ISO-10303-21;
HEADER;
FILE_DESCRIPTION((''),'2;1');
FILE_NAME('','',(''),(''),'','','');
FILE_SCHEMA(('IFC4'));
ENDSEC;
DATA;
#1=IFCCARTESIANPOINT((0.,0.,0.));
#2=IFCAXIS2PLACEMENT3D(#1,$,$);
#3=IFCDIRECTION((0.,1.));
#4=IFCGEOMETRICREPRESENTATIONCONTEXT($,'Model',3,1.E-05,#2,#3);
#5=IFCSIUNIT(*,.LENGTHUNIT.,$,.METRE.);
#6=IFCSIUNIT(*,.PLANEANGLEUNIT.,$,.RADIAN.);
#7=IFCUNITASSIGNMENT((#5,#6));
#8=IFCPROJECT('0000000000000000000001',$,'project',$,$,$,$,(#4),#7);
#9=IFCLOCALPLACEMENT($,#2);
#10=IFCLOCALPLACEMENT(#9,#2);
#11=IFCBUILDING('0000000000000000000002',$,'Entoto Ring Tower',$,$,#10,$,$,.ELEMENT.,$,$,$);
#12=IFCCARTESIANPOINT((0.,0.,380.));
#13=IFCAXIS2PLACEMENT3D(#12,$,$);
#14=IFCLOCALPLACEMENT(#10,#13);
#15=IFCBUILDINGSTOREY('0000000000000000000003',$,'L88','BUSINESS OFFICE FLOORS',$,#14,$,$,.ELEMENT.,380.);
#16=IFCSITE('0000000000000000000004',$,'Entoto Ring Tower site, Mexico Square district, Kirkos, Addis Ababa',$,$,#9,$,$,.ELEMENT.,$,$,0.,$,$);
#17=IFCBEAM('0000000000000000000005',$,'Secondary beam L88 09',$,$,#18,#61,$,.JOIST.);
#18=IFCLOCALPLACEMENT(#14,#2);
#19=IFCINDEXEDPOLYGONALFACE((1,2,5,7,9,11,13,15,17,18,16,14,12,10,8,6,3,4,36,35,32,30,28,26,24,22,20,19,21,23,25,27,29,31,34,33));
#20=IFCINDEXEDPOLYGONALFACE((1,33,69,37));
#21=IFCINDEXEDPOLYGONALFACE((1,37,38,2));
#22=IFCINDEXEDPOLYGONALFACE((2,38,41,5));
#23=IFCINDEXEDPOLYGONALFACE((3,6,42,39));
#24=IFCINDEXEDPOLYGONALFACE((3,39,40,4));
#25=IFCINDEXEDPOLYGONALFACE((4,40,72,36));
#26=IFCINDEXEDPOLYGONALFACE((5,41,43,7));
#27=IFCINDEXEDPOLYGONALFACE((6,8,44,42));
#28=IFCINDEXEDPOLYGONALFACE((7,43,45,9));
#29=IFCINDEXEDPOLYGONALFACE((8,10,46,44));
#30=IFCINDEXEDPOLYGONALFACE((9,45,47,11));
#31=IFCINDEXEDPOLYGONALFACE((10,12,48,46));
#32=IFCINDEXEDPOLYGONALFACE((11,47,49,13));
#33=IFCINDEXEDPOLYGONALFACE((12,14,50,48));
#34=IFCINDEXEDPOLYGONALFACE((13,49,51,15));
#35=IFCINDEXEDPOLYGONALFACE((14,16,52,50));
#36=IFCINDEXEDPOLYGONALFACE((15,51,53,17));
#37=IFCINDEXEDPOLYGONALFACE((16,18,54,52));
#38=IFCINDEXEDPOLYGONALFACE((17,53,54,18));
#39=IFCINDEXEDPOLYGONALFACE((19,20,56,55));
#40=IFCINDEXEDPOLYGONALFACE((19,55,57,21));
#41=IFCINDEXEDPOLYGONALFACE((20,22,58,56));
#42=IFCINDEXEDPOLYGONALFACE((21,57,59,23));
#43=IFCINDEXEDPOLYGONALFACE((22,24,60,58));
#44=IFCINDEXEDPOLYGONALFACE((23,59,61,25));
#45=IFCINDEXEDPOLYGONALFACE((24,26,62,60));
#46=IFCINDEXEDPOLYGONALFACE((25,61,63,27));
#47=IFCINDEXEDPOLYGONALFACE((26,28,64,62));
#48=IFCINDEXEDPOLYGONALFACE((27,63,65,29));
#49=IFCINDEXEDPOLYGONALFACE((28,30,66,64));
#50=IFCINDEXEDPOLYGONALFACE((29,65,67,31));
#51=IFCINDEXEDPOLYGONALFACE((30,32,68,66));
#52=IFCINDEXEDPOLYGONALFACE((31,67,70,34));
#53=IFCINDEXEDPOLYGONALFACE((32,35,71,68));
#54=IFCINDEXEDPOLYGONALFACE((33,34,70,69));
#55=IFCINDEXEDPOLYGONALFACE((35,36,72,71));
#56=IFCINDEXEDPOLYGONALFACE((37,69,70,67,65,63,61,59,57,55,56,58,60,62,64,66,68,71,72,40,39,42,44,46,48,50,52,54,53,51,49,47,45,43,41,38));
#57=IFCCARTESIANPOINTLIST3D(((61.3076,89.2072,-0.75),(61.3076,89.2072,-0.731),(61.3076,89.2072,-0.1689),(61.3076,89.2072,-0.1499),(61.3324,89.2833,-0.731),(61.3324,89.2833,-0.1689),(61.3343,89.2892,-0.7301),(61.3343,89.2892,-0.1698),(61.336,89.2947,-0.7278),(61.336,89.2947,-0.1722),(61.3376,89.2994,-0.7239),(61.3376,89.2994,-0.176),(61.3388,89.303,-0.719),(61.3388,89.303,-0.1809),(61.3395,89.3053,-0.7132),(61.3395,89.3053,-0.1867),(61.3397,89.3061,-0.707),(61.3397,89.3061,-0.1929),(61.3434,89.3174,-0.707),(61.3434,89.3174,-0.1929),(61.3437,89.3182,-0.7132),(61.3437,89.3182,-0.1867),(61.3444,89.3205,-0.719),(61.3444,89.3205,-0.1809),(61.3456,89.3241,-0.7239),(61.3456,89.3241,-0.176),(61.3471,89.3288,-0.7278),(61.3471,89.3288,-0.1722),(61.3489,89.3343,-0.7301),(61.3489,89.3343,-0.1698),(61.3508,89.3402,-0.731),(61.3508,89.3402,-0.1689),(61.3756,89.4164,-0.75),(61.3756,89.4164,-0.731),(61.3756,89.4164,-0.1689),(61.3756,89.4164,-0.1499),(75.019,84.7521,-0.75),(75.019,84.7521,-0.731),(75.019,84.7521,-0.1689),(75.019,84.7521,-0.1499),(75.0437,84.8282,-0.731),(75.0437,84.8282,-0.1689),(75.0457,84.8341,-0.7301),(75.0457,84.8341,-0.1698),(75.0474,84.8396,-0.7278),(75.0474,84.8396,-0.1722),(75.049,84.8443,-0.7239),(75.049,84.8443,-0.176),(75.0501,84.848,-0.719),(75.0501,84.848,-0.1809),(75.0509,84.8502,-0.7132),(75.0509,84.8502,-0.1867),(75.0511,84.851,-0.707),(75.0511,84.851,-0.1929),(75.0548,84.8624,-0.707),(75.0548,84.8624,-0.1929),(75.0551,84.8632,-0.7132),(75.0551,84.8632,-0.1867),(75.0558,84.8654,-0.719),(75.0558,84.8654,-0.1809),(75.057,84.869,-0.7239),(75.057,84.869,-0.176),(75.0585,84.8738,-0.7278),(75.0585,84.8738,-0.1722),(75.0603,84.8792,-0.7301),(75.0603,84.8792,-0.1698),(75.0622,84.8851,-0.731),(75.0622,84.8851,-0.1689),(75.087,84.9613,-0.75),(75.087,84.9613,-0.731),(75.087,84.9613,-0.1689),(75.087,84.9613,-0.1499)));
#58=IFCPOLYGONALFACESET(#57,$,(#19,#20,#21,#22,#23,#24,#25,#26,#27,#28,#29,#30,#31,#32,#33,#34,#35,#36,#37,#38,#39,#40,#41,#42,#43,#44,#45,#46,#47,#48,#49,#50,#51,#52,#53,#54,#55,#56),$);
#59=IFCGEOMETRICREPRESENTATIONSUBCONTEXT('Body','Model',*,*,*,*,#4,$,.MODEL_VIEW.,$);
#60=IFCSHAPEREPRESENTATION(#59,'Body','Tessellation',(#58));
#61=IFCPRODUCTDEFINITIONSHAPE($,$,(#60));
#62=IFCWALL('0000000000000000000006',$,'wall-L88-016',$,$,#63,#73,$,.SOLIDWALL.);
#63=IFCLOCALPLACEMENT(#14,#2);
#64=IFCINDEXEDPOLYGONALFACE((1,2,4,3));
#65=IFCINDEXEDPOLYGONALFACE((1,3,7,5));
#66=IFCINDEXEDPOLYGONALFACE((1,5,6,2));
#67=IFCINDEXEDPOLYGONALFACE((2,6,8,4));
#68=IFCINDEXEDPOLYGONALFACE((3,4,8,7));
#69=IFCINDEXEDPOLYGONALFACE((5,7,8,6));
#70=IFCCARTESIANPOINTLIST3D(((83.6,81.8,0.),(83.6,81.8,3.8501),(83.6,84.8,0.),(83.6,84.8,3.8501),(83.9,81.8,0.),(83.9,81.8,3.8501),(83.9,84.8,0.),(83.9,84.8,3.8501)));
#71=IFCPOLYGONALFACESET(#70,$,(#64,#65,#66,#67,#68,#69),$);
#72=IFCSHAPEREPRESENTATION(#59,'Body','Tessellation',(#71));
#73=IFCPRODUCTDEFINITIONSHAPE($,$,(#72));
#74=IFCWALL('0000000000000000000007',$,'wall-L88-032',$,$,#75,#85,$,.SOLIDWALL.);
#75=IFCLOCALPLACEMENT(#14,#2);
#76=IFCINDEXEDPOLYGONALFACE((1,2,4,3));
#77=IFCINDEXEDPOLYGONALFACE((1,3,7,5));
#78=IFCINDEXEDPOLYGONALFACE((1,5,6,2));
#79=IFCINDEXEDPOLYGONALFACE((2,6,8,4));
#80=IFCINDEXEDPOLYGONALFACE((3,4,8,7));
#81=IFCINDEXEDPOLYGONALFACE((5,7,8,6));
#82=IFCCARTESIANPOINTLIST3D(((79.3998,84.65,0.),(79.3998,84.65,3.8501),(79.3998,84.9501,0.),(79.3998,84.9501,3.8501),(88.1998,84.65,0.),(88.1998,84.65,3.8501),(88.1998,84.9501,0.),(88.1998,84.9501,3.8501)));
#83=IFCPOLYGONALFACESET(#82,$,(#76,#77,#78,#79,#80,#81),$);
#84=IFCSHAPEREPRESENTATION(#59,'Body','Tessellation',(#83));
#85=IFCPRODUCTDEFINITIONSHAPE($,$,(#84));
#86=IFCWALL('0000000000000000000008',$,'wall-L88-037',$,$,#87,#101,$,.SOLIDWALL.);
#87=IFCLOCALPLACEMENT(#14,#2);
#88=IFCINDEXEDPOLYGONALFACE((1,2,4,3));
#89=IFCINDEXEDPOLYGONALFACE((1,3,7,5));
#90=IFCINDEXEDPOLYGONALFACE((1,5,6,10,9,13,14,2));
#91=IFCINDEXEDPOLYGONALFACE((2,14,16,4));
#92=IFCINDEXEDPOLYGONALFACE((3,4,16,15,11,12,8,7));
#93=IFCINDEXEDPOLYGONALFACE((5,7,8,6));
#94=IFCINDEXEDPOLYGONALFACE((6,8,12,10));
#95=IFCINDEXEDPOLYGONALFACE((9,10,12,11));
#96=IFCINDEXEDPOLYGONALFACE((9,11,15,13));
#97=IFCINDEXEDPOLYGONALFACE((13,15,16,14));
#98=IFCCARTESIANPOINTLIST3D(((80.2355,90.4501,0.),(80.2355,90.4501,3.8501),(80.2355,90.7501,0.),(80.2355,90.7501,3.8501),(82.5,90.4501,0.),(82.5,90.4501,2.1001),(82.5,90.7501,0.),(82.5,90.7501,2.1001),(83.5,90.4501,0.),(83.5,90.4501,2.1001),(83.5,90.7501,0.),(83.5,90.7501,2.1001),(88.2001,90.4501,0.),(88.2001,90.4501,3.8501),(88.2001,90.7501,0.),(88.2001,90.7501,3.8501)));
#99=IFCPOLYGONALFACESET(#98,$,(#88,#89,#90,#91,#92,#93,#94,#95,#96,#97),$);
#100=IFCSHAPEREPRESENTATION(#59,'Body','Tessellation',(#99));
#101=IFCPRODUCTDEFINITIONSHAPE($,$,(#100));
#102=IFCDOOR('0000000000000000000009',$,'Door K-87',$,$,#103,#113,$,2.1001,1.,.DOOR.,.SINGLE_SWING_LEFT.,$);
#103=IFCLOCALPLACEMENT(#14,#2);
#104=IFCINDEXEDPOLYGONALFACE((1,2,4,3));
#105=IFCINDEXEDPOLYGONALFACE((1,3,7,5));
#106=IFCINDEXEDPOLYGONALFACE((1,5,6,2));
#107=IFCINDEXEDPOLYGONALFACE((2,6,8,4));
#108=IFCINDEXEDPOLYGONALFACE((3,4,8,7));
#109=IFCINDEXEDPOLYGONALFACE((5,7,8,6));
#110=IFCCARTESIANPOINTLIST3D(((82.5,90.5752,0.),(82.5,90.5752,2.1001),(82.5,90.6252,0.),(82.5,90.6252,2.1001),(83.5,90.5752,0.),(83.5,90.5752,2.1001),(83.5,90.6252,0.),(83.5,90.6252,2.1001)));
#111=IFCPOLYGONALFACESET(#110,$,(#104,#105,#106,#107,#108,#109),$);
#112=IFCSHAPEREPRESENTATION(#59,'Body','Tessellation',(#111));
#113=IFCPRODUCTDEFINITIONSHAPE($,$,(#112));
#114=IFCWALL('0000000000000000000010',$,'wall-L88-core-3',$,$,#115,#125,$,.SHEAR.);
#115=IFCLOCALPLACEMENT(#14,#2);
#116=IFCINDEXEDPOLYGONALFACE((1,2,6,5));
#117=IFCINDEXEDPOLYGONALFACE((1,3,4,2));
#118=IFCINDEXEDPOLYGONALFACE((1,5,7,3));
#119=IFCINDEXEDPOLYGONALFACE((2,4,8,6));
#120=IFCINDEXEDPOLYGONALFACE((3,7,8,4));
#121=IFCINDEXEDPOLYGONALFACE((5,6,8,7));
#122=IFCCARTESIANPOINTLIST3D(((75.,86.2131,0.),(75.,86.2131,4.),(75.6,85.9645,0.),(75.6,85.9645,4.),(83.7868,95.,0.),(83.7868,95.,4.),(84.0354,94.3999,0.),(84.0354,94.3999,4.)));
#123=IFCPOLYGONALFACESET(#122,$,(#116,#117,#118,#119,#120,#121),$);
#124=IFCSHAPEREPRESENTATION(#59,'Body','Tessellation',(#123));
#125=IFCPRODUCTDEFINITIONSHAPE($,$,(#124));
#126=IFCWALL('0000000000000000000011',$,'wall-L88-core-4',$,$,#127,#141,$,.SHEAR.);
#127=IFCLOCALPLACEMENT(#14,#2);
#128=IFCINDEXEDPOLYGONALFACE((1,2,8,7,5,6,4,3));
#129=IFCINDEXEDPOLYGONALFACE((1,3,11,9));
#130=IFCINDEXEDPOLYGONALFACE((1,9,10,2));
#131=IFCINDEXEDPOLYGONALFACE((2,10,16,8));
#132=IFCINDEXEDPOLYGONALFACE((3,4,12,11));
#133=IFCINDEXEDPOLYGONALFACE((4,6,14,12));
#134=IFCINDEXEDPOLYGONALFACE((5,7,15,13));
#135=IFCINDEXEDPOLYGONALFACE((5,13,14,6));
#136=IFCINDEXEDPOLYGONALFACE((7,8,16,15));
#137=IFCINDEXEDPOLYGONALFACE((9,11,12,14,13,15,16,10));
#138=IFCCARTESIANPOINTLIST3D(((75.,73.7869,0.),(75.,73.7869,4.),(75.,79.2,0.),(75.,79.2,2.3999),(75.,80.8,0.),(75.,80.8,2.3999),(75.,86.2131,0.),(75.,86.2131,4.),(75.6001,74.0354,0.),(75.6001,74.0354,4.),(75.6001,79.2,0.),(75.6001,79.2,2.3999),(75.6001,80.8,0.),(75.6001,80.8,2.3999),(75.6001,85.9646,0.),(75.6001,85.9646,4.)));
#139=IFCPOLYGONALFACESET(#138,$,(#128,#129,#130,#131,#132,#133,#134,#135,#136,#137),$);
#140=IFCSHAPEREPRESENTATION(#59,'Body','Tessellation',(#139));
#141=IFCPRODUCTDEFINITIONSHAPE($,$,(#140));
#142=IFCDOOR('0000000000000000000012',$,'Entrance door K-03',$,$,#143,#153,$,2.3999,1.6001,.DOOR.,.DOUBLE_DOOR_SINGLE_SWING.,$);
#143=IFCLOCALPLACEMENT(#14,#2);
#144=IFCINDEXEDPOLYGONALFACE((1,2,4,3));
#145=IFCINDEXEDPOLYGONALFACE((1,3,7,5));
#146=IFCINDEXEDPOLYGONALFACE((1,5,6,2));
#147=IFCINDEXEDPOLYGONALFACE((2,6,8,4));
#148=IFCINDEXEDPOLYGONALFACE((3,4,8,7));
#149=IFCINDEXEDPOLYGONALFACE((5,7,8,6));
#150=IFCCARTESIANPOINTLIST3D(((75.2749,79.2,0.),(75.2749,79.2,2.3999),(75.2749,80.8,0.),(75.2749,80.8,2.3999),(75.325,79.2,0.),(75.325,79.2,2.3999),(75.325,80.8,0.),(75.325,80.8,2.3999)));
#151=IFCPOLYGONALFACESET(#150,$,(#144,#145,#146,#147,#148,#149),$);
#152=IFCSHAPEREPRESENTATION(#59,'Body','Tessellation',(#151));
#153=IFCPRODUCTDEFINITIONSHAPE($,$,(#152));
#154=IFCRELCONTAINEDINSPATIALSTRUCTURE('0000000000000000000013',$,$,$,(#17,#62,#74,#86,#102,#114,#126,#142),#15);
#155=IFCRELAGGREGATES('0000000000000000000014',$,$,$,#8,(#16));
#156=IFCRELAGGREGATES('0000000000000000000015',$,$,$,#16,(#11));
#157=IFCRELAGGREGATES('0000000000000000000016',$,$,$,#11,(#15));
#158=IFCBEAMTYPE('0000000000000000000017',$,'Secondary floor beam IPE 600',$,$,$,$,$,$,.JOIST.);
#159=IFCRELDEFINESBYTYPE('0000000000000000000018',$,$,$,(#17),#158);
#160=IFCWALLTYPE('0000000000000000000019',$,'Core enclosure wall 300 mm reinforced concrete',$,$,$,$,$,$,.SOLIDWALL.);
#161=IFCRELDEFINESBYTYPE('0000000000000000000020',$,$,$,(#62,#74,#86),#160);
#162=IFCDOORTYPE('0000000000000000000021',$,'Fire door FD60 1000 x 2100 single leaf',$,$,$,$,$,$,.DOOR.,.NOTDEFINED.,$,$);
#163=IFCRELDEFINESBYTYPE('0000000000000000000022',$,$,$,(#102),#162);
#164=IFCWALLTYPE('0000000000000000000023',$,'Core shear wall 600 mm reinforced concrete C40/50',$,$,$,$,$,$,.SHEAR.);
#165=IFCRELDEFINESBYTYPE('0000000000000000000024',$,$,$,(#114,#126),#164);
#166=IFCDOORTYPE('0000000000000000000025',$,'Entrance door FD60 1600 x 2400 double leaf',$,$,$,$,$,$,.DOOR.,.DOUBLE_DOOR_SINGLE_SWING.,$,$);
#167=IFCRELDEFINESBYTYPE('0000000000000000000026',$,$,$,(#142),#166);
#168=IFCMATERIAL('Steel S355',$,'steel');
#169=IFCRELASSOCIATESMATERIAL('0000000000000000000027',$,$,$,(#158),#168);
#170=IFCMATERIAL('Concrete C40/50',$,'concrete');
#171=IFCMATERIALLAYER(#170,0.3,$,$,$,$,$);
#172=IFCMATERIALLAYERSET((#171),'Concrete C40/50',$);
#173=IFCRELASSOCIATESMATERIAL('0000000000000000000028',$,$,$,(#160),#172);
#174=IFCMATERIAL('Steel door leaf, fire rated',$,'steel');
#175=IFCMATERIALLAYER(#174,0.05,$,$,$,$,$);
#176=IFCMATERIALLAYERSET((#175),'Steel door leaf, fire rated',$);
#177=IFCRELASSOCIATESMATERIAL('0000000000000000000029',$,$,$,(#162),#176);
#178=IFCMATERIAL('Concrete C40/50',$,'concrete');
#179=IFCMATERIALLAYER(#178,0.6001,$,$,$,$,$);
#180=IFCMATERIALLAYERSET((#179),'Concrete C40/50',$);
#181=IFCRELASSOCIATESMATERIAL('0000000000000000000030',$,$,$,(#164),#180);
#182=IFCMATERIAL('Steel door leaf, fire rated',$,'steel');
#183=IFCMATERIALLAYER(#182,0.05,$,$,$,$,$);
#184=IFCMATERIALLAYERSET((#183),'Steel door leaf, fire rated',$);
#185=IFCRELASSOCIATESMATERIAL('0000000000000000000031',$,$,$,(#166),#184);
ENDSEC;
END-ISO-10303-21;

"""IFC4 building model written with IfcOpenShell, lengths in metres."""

from ifc_helpers import new_model, si_unit, direction, frame, frame_2d, origin, origin_2d, place, context, subcontext, project, spatial, polyline, rectangle, i_section, outline, extrude, material, layer, layer_set, material_profile, profile_set, type_object, element, fill, save


model = new_model("IFC4")

# Units and contexts
model_context = context("Model", 3, precision=1e-05, world=origin(), true_north=direction((0.0, 1.0)))
body_context = subcontext(model_context, "Body", "Model", "MODEL_VIEW")
ifc_project = project(units=[si_unit("LENGTHUNIT", "METRE"), si_unit("PLANEANGLEUNIT", "RADIAN")], contexts=[model_context])

# Site, building, storey
site_placement = place(None, origin())
site = spatial("IfcSite", under=ifc_project, at=site_placement, Name="Entoto Ring Tower site, Mexico Square district, Kirkos, Addis Ababa", CompositionType="ELEMENT", RefElevation=0.0)
building_placement = place(site_placement, origin())
building = spatial("IfcBuilding", under=site, at=building_placement, Name="Entoto Ring Tower", CompositionType="ELEMENT")
storey_placement = place(building_placement, frame((0.0, 0.0, 380.0)))
storey = spatial("IfcBuildingStorey", under=building, at=storey_placement, Name="L88", Description="BUSINESS OFFICE FLOORS", CompositionType="ELEMENT", Elevation=380.0)

# Beam
ifc_material_1 = material(Name="Steel S355", Category="steel")
ifc_material_profile_1 = material_profile(ifc_material_1, i_section(OverallWidth=0.22, OverallDepth=0.6001, WebThickness=0.012, FlangeThickness=0.019, FilletRadius=0.0239, at=origin_2d()), Name="IPE 600")
ifc_profile_set_1 = profile_set([ifc_material_profile_1], Name="Steel S355")
beam_type_1 = type_object("IfcBeamType", Name="Secondary floor beam IPE 600", PredefinedType="JOIST", material=ifc_profile_set_1)
beam_1_placement = place(storey_placement, frame((75.053, 84.8567, -0.45), z_axis=(-0.951057, 0.309015, 0.0), x_axis=(-0.309015, -0.951057, 0.0)))
element("IfcBeam", 1, at=beam_1_placement, inside=storey, type_object=beam_type_1, Name="Secondary beam L88 09", PredefinedType="JOIST", context=body_context, shape_type="SweptSolid", body=[
    extrude(i_section(OverallWidth=0.22, OverallDepth=0.6001, WebThickness=0.012, FlangeThickness=0.019, FilletRadius=0.0239, at=origin_2d()), origin(), (0.0, 0.0, 1.0), 14.417),
])

# Walls
ifc_material_2 = material(Name="Concrete C40/50", Category="concrete")
ifc_layer_1 = layer(ifc_material_2, 0.3)
ifc_layer_set_1 = layer_set([ifc_layer_1], Name="Concrete C40/50")
wall_type_1 = type_object("IfcWallType", Name="Core enclosure wall 300 mm reinforced concrete", PredefinedType="SOLIDWALL", material=ifc_layer_set_1)
wall_1_placement = place(storey_placement, frame((83.75, 81.8, 0.0), z_axis=(0.0, 0.0, 1.0), x_axis=(0.0, 1.0, 0.0)))
element("IfcWall", 2, at=wall_1_placement, inside=storey, type_object=wall_type_1, Name="wall-L88-016", PredefinedType="SOLIDWALL", context=body_context, shape_type="SweptSolid", body=[
    extrude(rectangle(XDim=3.0, YDim=0.3, at=frame_2d((1.5, 0.0))), origin(), (0.0, 0.0, 1.0), 3.8501),
])
wall_2_placement = place(storey_placement, frame((79.3999, 84.8, 0.0), z_axis=(0.0, 0.0, 1.0), x_axis=(1.0, 0.0, 0.0)))
element("IfcWall", 3, at=wall_2_placement, inside=storey, type_object=wall_type_1, Name="wall-L88-032", PredefinedType="SOLIDWALL", context=body_context, shape_type="SweptSolid", body=[
    extrude(rectangle(XDim=8.8, YDim=0.3, at=frame_2d((4.3999, 0.0))), origin(), (0.0, 0.0, 1.0), 3.8501),
])

# Wall, opening, door
wall_3_placement = place(storey_placement, frame((80.2354, 90.6001, 0.0), z_axis=(0.0, 0.0, 1.0), x_axis=(1.0, 0.0, 0.0)))
wall_3 = element("IfcWall", 4, at=wall_3_placement, inside=storey, type_object=wall_type_1, Name="wall-L88-037", PredefinedType="SOLIDWALL", context=body_context, shape_type="SweptSolid", body=[
    extrude(rectangle(XDim=7.9646, YDim=0.3, at=frame_2d((3.9824, 0.0))), origin(), (0.0, 0.0, 1.0), 3.8501),
])
opening_1_placement = place(wall_3_placement, frame((2.2646, 0.0, 0.0)))
opening_1 = element("IfcOpeningElement", 5, at=opening_1_placement, cuts=wall_3, PredefinedType="OPENING", context=body_context, shape_type="SweptSolid", body=[
    extrude(rectangle(XDim=1.0, YDim=2.1001, at=frame_2d((0.5, 1.05))), frame((0.0, 0.1602, 0.0), z_axis=(0.0, -1.0, 0.0), x_axis=(1.0, 0.0, 0.0)), (0.0, 0.0, 1.0), 0.3201),
])
ifc_material_3 = material(Name="Steel door leaf, fire rated", Category="steel")
ifc_layer_2 = layer(ifc_material_3, 0.05)
ifc_layer_set_2 = layer_set([ifc_layer_2], Name="Steel door leaf, fire rated")
door_type_1 = type_object("IfcDoorType", Name="Fire door FD60 1000 x 2100 single leaf", OperationType="NOTDEFINED", PredefinedType="DOOR", material=ifc_layer_set_2)
door_1_placement = place(opening_1_placement, frame((1.0, 0.0, 0.0), z_axis=(0.0, 0.0, 1.0), x_axis=(-1.0, 0.0, 0.0)))
door_1 = element("IfcDoor", 6, at=door_1_placement, inside=storey, type_object=door_type_1, Name="Door K-87", OperationType="SINGLE_SWING_LEFT", OverallHeight=2.1001, OverallWidth=1.0, PredefinedType="DOOR", context=body_context, shape_type="SweptSolid", body=[
    extrude(rectangle(XDim=1.0, YDim=2.1001, at=frame_2d((0.5, 1.05))), frame((0.0, 0.0249, 0.0), z_axis=(0.0, -1.0, 0.0), x_axis=(1.0, 0.0, 0.0)), (0.0, 0.0, 1.0), 0.05),
])
fill(opening_1, door_1)

# Wall
ifc_material_4 = material(Name="Concrete C40/50", Category="concrete")
ifc_layer_3 = layer(ifc_material_4, 0.6001)
ifc_layer_set_3 = layer_set([ifc_layer_3], Name="Concrete C40/50")
wall_type_2 = type_object("IfcWallType", Name="Core shear wall 600 mm reinforced concrete C40/50", PredefinedType="SHEAR", material=ifc_layer_set_3)
wall_4_placement = place(storey_placement, frame((83.9111, 94.7, 0.0), z_axis=(0.0, 0.0, 1.0), x_axis=(-0.707107, -0.707107, 0.0)))
element("IfcWall", 7, at=wall_4_placement, inside=storey, type_object=wall_type_2, Name="wall-L88-core-3", PredefinedType="SHEAR", context=body_context, shape_type="SweptSolid", body=[
    extrude(outline(polyline([(-0.1243, -0.3), (12.3022, -0.3), (12.0537, 0.3), (0.1243, 0.3), (-0.1243, -0.3)])), origin(), (0.0, 0.0, 1.0), 4.0),
])

# Wall, opening, door
wall_5_placement = place(storey_placement, frame((75.3, 86.0889, 0.0), z_axis=(0.0, 0.0, 1.0), x_axis=(0.0, -1.0, 0.0)))
wall_5 = element("IfcWall", 8, at=wall_5_placement, inside=storey, type_object=wall_type_2, Name="wall-L88-core-4", PredefinedType="SHEAR", context=body_context, shape_type="SweptSolid", body=[
    extrude(outline(polyline([(-0.1243, -0.3), (12.302, -0.3), (12.0535, 0.3), (0.1243, 0.3), (-0.1243, -0.3)])), origin(), (0.0, 0.0, 1.0), 4.0),
])
opening_2_placement = place(wall_5_placement, frame((5.2888, 0.0, 0.0)))
opening_2 = element("IfcOpeningElement", 9, at=opening_2_placement, cuts=wall_5, PredefinedType="OPENING", context=body_context, shape_type="SweptSolid", body=[
    extrude(rectangle(XDim=1.6001, YDim=2.3999, at=frame_2d((0.8, 1.2))), frame((0.0, 0.3101, 0.0), z_axis=(0.0, -1.0, 0.0), x_axis=(1.0, 0.0, 0.0)), (0.0, 0.0, 1.0), 0.6201),
])
ifc_material_5 = material(Name="Steel door leaf, fire rated", Category="steel")
ifc_layer_4 = layer(ifc_material_5, 0.05)
ifc_layer_set_4 = layer_set([ifc_layer_4], Name="Steel door leaf, fire rated")
door_type_2 = type_object("IfcDoorType", Name="Entrance door FD60 1600 x 2400 double leaf", OperationType="DOUBLE_DOOR_SINGLE_SWING", PredefinedType="DOOR", material=ifc_layer_set_4)
door_2_placement = place(opening_2_placement, origin())
door_2 = element("IfcDoor", 10, at=door_2_placement, inside=storey, type_object=door_type_2, Name="Entrance door K-03", OperationType="DOUBLE_DOOR_SINGLE_SWING", OverallHeight=2.3999, OverallWidth=1.6001, PredefinedType="DOOR", context=body_context, shape_type="SweptSolid", body=[
    extrude(rectangle(XDim=1.6001, YDim=2.3999, at=frame_2d((0.8, 1.2))), frame((0.0, 0.0249, 0.0), z_axis=(0.0, -1.0, 0.0), x_axis=(1.0, 0.0, 0.0)), (0.0, 0.0, 1.0), 0.05),
])
fill(opening_2, door_2)

save(model, "model.ifc")
